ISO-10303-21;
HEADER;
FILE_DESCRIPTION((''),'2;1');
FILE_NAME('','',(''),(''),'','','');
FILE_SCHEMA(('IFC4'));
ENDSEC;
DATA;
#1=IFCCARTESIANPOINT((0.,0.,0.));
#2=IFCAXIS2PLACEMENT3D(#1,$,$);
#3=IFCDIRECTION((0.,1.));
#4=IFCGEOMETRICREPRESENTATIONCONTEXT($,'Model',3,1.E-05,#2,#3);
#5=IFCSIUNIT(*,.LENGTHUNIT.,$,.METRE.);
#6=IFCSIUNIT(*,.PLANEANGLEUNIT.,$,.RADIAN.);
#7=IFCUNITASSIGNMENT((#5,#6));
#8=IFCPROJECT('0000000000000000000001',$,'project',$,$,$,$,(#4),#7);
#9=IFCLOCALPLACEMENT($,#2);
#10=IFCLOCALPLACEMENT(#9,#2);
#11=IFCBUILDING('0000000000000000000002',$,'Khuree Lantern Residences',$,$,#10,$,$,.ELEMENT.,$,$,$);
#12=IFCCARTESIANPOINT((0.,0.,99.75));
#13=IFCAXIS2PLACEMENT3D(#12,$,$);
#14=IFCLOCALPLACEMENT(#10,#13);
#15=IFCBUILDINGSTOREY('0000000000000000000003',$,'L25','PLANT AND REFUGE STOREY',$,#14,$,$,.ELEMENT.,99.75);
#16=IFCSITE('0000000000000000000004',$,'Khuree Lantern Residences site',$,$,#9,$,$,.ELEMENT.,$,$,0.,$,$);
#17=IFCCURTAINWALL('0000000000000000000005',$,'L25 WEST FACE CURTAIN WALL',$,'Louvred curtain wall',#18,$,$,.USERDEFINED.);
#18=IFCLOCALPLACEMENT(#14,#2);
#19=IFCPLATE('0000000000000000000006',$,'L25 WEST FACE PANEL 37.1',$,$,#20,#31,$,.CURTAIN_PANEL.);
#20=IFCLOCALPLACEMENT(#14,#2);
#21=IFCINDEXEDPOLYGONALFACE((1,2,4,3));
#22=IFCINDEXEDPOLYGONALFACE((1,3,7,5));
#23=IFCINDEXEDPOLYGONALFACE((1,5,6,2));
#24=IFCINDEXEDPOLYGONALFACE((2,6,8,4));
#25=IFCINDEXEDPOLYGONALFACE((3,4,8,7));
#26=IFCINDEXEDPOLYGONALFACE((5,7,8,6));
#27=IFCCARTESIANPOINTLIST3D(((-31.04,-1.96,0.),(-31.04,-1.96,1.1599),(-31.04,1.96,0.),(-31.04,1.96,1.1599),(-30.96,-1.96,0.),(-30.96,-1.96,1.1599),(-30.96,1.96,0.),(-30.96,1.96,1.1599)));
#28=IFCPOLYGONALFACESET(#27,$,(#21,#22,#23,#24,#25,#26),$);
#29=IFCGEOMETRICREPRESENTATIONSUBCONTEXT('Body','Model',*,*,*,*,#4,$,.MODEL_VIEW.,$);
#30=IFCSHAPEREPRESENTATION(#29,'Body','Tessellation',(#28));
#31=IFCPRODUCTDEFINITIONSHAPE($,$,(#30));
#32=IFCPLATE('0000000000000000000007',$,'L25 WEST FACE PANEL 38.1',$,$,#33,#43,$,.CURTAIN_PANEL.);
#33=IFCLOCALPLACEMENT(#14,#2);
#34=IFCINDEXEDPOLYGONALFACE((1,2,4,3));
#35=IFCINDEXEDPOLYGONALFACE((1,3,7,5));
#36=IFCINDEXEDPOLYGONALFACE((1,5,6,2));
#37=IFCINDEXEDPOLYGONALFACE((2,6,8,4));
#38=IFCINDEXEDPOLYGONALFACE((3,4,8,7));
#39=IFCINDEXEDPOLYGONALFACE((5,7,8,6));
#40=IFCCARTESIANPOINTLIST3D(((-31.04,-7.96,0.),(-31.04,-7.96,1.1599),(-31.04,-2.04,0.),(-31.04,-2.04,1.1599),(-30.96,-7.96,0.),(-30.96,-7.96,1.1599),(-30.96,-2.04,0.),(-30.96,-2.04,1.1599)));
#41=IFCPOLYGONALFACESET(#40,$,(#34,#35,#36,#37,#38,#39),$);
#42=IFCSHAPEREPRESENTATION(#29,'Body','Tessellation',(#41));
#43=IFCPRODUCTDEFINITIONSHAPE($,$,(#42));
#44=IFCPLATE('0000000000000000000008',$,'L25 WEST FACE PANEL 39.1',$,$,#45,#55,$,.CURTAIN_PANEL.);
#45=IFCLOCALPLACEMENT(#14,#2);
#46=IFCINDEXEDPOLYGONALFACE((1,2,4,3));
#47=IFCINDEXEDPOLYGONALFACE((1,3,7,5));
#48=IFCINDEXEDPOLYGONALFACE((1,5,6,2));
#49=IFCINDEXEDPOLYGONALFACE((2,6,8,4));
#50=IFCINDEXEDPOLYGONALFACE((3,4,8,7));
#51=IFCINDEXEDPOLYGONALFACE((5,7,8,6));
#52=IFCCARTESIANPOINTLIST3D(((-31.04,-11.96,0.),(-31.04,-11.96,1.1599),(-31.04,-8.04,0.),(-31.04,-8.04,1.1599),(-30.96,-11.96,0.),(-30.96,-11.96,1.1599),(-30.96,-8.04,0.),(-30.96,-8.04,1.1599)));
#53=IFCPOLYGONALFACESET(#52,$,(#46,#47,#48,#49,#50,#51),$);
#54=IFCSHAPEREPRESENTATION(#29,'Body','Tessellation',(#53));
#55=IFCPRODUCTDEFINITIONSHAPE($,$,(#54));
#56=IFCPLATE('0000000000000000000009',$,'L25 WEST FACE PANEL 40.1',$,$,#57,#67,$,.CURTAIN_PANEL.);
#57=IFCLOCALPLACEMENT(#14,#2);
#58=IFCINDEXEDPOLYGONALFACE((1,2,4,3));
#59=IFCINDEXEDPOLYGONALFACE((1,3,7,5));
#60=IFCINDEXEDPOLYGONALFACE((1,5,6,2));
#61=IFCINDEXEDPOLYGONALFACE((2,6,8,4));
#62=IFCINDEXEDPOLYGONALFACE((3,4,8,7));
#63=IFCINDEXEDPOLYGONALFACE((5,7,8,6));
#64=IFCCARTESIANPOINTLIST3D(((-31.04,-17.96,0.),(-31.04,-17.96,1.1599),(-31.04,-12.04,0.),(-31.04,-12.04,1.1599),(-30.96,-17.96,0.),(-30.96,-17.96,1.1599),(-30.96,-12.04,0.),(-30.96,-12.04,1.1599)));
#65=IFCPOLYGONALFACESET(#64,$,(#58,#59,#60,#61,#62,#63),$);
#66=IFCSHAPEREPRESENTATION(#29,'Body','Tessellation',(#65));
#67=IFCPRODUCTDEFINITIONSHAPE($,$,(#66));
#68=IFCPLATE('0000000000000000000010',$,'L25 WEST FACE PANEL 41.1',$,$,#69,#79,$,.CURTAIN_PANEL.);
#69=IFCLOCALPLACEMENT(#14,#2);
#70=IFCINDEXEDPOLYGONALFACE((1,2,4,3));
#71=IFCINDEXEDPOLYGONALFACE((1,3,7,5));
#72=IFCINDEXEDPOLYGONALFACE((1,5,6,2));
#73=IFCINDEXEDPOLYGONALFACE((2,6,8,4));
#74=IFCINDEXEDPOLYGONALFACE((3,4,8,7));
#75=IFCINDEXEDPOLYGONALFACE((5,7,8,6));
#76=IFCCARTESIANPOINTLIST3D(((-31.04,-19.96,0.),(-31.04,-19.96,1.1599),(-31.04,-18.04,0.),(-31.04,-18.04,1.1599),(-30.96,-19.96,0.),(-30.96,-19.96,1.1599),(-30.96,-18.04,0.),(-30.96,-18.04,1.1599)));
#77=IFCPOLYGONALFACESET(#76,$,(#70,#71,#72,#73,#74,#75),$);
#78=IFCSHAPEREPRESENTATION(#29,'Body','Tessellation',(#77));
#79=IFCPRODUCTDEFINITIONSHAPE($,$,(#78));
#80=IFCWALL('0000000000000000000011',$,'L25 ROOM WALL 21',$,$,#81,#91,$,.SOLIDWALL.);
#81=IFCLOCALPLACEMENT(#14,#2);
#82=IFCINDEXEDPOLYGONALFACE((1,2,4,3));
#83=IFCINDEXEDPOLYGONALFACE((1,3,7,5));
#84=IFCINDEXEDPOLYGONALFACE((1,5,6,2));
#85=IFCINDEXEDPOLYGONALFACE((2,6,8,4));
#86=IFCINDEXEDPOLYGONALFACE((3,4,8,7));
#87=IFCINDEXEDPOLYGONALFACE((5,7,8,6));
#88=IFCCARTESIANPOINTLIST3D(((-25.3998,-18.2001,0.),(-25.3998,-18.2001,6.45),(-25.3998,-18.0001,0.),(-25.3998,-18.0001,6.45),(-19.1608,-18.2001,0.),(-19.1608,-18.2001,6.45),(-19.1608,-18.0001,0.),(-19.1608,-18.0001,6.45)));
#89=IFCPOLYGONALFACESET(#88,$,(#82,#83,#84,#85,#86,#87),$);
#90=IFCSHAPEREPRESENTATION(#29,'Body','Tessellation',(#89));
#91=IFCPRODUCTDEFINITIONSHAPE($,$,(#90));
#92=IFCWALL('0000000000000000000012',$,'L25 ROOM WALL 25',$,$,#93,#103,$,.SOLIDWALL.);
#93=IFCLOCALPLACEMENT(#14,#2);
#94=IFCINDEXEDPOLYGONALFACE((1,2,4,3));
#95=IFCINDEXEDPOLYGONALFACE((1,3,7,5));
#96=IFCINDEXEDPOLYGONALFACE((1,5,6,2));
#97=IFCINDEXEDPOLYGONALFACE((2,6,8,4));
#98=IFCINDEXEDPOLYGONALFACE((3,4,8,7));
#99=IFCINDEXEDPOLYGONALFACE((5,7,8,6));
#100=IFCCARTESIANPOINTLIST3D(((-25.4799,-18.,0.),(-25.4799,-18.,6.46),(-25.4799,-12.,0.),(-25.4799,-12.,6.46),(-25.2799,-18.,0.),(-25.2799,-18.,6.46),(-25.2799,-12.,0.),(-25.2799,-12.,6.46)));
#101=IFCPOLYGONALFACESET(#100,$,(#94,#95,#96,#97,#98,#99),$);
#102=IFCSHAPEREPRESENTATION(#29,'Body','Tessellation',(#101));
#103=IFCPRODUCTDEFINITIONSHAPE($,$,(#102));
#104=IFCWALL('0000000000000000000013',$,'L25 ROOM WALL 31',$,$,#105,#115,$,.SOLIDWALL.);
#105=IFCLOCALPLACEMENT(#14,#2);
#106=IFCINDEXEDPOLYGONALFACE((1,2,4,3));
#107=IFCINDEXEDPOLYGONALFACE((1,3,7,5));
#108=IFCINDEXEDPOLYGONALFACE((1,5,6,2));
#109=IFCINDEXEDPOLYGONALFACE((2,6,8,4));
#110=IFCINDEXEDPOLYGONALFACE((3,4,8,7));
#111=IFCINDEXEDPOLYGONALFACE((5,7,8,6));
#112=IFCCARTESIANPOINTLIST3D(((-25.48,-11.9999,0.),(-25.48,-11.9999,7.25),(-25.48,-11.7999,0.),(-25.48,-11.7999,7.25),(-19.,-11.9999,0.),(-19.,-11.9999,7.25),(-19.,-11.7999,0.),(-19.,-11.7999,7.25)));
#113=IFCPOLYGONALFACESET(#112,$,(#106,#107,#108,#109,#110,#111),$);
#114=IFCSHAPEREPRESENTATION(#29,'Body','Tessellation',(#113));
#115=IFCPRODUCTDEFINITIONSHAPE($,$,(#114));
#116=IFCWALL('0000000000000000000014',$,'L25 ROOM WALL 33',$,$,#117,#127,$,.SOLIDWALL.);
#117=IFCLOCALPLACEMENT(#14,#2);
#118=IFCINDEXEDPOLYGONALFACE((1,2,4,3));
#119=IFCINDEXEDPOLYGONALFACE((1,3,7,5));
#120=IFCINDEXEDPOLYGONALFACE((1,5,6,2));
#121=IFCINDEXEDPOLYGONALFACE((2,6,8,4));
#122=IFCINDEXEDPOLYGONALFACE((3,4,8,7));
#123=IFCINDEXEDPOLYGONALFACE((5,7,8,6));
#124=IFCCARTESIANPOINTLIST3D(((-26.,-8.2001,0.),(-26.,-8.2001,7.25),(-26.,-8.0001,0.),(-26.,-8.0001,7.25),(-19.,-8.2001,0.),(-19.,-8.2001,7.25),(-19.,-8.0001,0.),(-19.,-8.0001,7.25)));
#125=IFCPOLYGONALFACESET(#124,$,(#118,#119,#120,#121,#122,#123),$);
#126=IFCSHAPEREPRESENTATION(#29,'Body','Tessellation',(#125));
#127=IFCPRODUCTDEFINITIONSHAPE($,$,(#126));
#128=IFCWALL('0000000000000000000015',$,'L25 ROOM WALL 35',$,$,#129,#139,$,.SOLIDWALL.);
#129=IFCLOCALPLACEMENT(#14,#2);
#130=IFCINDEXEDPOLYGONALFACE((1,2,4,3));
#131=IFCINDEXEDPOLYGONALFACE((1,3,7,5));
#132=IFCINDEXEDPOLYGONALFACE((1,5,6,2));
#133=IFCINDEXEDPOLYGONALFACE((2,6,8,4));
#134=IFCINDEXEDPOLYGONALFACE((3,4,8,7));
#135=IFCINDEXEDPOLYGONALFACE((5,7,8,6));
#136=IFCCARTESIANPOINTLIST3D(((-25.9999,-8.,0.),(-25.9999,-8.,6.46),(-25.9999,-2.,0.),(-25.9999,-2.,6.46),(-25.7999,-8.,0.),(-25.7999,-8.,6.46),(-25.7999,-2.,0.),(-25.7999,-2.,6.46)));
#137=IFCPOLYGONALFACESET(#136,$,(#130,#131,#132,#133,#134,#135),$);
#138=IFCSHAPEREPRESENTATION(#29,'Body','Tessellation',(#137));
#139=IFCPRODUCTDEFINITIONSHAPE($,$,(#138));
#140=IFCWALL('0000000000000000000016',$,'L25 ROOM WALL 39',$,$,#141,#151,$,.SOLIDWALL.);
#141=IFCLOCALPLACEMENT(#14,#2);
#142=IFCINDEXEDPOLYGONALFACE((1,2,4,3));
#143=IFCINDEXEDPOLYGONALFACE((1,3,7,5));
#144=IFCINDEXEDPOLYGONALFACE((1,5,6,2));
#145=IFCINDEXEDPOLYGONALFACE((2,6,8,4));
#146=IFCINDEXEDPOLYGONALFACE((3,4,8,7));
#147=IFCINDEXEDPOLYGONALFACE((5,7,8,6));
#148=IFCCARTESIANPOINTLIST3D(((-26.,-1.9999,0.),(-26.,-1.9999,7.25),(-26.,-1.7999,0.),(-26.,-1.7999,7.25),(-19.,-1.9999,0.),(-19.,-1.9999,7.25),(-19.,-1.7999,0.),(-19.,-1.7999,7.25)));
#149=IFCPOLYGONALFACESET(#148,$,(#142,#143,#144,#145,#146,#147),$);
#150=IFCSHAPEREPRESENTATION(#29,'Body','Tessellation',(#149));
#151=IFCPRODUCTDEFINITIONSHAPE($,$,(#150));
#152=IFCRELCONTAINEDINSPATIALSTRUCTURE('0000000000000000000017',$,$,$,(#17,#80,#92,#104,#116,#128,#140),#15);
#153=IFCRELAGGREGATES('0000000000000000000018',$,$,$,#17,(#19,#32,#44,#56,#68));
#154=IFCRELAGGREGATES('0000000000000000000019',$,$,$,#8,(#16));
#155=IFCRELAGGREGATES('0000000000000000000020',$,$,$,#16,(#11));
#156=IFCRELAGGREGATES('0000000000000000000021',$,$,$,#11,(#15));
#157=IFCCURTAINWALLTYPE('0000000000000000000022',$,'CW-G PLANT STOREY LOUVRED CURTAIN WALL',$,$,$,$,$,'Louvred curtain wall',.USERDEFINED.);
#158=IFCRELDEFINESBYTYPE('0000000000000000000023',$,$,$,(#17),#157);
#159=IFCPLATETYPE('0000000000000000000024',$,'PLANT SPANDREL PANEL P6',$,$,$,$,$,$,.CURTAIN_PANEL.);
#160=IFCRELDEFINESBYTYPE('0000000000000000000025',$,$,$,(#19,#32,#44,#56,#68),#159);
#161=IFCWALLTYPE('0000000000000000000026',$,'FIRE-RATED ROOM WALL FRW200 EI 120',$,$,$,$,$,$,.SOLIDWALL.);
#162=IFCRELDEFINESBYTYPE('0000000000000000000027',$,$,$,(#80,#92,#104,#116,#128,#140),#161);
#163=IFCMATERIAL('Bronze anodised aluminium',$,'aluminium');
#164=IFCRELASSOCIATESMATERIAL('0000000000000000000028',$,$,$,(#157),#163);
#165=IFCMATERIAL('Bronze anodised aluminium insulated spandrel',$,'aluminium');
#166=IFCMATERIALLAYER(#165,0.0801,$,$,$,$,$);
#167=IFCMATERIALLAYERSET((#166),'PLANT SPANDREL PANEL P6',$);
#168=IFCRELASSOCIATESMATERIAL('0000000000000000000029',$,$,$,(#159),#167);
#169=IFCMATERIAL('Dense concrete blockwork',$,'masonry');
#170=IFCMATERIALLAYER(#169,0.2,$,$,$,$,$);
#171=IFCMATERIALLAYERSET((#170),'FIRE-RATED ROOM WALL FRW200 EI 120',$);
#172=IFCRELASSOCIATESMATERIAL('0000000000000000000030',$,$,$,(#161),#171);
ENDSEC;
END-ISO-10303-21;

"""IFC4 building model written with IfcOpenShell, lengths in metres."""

from ifc_helpers import new_model, si_unit, direction, frame, frame_2d, origin, origin_2d, place, context, subcontext, project, spatial, rectangle, extrude, material, layer, layer_set, type_object, element, aggregate, save


model = new_model("IFC4")

# Units and contexts
model_context = context("Model", 3, precision=1e-05, world=origin(), true_north=direction((0.0, 1.0)))
body_context = subcontext(model_context, "Body", "Model", "MODEL_VIEW")
ifc_project = project(units=[si_unit("LENGTHUNIT", "METRE"), si_unit("PLANEANGLEUNIT", "RADIAN")], contexts=[model_context])

# Site, building, storey
site_placement = place(None, origin())
site = spatial("IfcSite", under=ifc_project, at=site_placement, Name="Khuree Lantern Residences site", CompositionType="ELEMENT", RefElevation=0.0)
building_placement = place(site_placement, origin())
building = spatial("IfcBuilding", under=site, at=building_placement, Name="Khuree Lantern Residences", CompositionType="ELEMENT")
storey_placement = place(building_placement, frame((0.0, 0.0, 99.75)))
storey = spatial("IfcBuildingStorey", under=building, at=storey_placement, Name="L25", Description="PLANT AND REFUGE STOREY", CompositionType="ELEMENT", Elevation=99.75)

# Curtain wall
ifc_material_1 = material(Name="Bronze anodised aluminium", Category="aluminium")
curtain_wall_type = type_object("IfcCurtainWallType", Name="CW-G PLANT STOREY LOUVRED CURTAIN WALL", ElementType="Louvred curtain wall", PredefinedType="USERDEFINED", material=ifc_material_1)
curtain_wall_placement = place(storey_placement, origin())
curtain_wall = element("IfcCurtainWall", 1, at=curtain_wall_placement, inside=storey, type_object=curtain_wall_type, Name="L25 WEST FACE CURTAIN WALL", ObjectType="Louvred curtain wall", PredefinedType="USERDEFINED")

# Plates
ifc_material_2 = material(Name="Bronze anodised aluminium insulated spandrel", Category="aluminium")
ifc_layer_1 = layer(ifc_material_2, 0.0801)
ifc_layer_set_1 = layer_set([ifc_layer_1], Name="PLANT SPANDREL PANEL P6")
plate_type_1 = type_object("IfcPlateType", Name="PLANT SPANDREL PANEL P6", PredefinedType="CURTAIN_PANEL", material=ifc_layer_set_1)
plate_1_placement = place(storey_placement, frame((-31.0, 0.0, 0.0), z_axis=(0.0, 0.0, 1.0), x_axis=(0.0, -1.0, 0.0)))
plate_1 = element("IfcPlate", 2, at=plate_1_placement, type_object=plate_type_1, Name="L25 WEST FACE PANEL 37.1", PredefinedType="CURTAIN_PANEL", context=body_context, shape_type="SweptSolid", body=[
    extrude(rectangle(XDim=3.9199, YDim=0.0801, at=origin_2d()), origin(), (0.0, 0.0, 1.0), 1.1599),
])
plate_2_placement = place(storey_placement, frame((-31.0, -5.0, 0.0), z_axis=(0.0, 0.0, 1.0), x_axis=(0.0, -1.0, 0.0)))
plate_2 = element("IfcPlate", 3, at=plate_2_placement, type_object=plate_type_1, Name="L25 WEST FACE PANEL 38.1", PredefinedType="CURTAIN_PANEL", context=body_context, shape_type="SweptSolid", body=[
    extrude(rectangle(XDim=5.9199, YDim=0.0801, at=origin_2d()), origin(), (0.0, 0.0, 1.0), 1.1599),
])
plate_3_placement = place(storey_placement, frame((-31.0, -10.0, 0.0), z_axis=(0.0, 0.0, 1.0), x_axis=(0.0, -1.0, 0.0)))
plate_3 = element("IfcPlate", 4, at=plate_3_placement, type_object=plate_type_1, Name="L25 WEST FACE PANEL 39.1", PredefinedType="CURTAIN_PANEL", context=body_context, shape_type="SweptSolid", body=[
    extrude(rectangle(XDim=3.9199, YDim=0.0801, at=origin_2d()), origin(), (0.0, 0.0, 1.0), 1.1599),
])
plate_4_placement = place(storey_placement, frame((-31.0, -15.0, 0.0), z_axis=(0.0, 0.0, 1.0), x_axis=(0.0, -1.0, 0.0)))
plate_4 = element("IfcPlate", 5, at=plate_4_placement, type_object=plate_type_1, Name="L25 WEST FACE PANEL 40.1", PredefinedType="CURTAIN_PANEL", context=body_context, shape_type="SweptSolid", body=[
    extrude(rectangle(XDim=5.9199, YDim=0.0801, at=origin_2d()), origin(), (0.0, 0.0, 1.0), 1.1599),
])
plate_5_placement = place(storey_placement, frame((-31.0, -19.0, 0.0), z_axis=(0.0, 0.0, 1.0), x_axis=(0.0, -1.0, 0.0)))
plate_5 = element("IfcPlate", 6, at=plate_5_placement, type_object=plate_type_1, Name="L25 WEST FACE PANEL 41.1", PredefinedType="CURTAIN_PANEL", context=body_context, shape_type="SweptSolid", body=[
    extrude(rectangle(XDim=1.9199, YDim=0.0801, at=origin_2d()), origin(), (0.0, 0.0, 1.0), 1.1599),
])
aggregate(curtain_wall, [plate_1, plate_2, plate_3, plate_4, plate_5])

# Walls
ifc_material_3 = material(Name="Dense concrete blockwork", Category="masonry")
ifc_layer_2 = layer(ifc_material_3, 0.2)
ifc_layer_set_2 = layer_set([ifc_layer_2], Name="FIRE-RATED ROOM WALL FRW200 EI 120")
wall_type = type_object("IfcWallType", Name="FIRE-RATED ROOM WALL FRW200 EI 120", PredefinedType="SOLIDWALL", material=ifc_layer_set_2)
wall_1_placement = place(storey_placement, frame((-25.3999, -18.1001, 0.0), z_axis=(0.0, 0.0, 1.0), x_axis=(1.0, 0.0, 0.0)))
element("IfcWall", 7, at=wall_1_placement, inside=storey, type_object=wall_type, Name="L25 ROOM WALL 21", PredefinedType="SOLIDWALL", context=body_context, shape_type="SweptSolid", body=[
    extrude(rectangle(XDim=6.239, YDim=0.2, at=frame_2d((3.1196, 0.0))), origin(), (0.0, 0.0, 1.0), 6.45),
])
wall_2_placement = place(storey_placement, frame((-25.3799, -18.0, 0.0), z_axis=(0.0, 0.0, 1.0), x_axis=(0.0, 1.0, 0.0)))
element("IfcWall", 8, at=wall_2_placement, inside=storey, type_object=wall_type, Name="L25 ROOM WALL 25", PredefinedType="SOLIDWALL", context=body_context, shape_type="SweptSolid", body=[
    extrude(rectangle(XDim=6.0, YDim=0.2, at=frame_2d((3.0, 0.0))), origin(), (0.0, 0.0, 1.0), 6.46),
])
wall_3_placement = place(storey_placement, frame((-25.48, -11.8999, 0.0), z_axis=(0.0, 0.0, 1.0), x_axis=(1.0, 0.0, 0.0)))
element("IfcWall", 9, at=wall_3_placement, inside=storey, type_object=wall_type, Name="L25 ROOM WALL 31", PredefinedType="SOLIDWALL", context=body_context, shape_type="SweptSolid", body=[
    extrude(rectangle(XDim=6.48, YDim=0.2, at=frame_2d((3.24, 0.0))), origin(), (0.0, 0.0, 1.0), 7.25),
])
wall_4_placement = place(storey_placement, frame((-26.0, -8.1001, 0.0), z_axis=(0.0, 0.0, 1.0), x_axis=(1.0, 0.0, 0.0)))
element("IfcWall", 10, at=wall_4_placement, inside=storey, type_object=wall_type, Name="L25 ROOM WALL 33", PredefinedType="SOLIDWALL", context=body_context, shape_type="SweptSolid", body=[
    extrude(rectangle(XDim=7.0, YDim=0.2, at=frame_2d((3.5, 0.0))), origin(), (0.0, 0.0, 1.0), 7.25),
])
wall_5_placement = place(storey_placement, frame((-25.8999, -8.0, 0.0), z_axis=(0.0, 0.0, 1.0), x_axis=(0.0, 1.0, 0.0)))
element("IfcWall", 11, at=wall_5_placement, inside=storey, type_object=wall_type, Name="L25 ROOM WALL 35", PredefinedType="SOLIDWALL", context=body_context, shape_type="SweptSolid", body=[
    extrude(rectangle(XDim=6.0, YDim=0.2, at=frame_2d((3.0, 0.0))), origin(), (0.0, 0.0, 1.0), 6.46),
])
wall_6_placement = place(storey_placement, frame((-26.0, -1.8999, 0.0), z_axis=(0.0, 0.0, 1.0), x_axis=(1.0, 0.0, 0.0)))
element("IfcWall", 12, at=wall_6_placement, inside=storey, type_object=wall_type, Name="L25 ROOM WALL 39", PredefinedType="SOLIDWALL", context=body_context, shape_type="SweptSolid", body=[
    extrude(rectangle(XDim=7.0, YDim=0.2, at=frame_2d((3.5, 0.0))), origin(), (0.0, 0.0, 1.0), 7.25),
])

save(model, "model.ifc")
